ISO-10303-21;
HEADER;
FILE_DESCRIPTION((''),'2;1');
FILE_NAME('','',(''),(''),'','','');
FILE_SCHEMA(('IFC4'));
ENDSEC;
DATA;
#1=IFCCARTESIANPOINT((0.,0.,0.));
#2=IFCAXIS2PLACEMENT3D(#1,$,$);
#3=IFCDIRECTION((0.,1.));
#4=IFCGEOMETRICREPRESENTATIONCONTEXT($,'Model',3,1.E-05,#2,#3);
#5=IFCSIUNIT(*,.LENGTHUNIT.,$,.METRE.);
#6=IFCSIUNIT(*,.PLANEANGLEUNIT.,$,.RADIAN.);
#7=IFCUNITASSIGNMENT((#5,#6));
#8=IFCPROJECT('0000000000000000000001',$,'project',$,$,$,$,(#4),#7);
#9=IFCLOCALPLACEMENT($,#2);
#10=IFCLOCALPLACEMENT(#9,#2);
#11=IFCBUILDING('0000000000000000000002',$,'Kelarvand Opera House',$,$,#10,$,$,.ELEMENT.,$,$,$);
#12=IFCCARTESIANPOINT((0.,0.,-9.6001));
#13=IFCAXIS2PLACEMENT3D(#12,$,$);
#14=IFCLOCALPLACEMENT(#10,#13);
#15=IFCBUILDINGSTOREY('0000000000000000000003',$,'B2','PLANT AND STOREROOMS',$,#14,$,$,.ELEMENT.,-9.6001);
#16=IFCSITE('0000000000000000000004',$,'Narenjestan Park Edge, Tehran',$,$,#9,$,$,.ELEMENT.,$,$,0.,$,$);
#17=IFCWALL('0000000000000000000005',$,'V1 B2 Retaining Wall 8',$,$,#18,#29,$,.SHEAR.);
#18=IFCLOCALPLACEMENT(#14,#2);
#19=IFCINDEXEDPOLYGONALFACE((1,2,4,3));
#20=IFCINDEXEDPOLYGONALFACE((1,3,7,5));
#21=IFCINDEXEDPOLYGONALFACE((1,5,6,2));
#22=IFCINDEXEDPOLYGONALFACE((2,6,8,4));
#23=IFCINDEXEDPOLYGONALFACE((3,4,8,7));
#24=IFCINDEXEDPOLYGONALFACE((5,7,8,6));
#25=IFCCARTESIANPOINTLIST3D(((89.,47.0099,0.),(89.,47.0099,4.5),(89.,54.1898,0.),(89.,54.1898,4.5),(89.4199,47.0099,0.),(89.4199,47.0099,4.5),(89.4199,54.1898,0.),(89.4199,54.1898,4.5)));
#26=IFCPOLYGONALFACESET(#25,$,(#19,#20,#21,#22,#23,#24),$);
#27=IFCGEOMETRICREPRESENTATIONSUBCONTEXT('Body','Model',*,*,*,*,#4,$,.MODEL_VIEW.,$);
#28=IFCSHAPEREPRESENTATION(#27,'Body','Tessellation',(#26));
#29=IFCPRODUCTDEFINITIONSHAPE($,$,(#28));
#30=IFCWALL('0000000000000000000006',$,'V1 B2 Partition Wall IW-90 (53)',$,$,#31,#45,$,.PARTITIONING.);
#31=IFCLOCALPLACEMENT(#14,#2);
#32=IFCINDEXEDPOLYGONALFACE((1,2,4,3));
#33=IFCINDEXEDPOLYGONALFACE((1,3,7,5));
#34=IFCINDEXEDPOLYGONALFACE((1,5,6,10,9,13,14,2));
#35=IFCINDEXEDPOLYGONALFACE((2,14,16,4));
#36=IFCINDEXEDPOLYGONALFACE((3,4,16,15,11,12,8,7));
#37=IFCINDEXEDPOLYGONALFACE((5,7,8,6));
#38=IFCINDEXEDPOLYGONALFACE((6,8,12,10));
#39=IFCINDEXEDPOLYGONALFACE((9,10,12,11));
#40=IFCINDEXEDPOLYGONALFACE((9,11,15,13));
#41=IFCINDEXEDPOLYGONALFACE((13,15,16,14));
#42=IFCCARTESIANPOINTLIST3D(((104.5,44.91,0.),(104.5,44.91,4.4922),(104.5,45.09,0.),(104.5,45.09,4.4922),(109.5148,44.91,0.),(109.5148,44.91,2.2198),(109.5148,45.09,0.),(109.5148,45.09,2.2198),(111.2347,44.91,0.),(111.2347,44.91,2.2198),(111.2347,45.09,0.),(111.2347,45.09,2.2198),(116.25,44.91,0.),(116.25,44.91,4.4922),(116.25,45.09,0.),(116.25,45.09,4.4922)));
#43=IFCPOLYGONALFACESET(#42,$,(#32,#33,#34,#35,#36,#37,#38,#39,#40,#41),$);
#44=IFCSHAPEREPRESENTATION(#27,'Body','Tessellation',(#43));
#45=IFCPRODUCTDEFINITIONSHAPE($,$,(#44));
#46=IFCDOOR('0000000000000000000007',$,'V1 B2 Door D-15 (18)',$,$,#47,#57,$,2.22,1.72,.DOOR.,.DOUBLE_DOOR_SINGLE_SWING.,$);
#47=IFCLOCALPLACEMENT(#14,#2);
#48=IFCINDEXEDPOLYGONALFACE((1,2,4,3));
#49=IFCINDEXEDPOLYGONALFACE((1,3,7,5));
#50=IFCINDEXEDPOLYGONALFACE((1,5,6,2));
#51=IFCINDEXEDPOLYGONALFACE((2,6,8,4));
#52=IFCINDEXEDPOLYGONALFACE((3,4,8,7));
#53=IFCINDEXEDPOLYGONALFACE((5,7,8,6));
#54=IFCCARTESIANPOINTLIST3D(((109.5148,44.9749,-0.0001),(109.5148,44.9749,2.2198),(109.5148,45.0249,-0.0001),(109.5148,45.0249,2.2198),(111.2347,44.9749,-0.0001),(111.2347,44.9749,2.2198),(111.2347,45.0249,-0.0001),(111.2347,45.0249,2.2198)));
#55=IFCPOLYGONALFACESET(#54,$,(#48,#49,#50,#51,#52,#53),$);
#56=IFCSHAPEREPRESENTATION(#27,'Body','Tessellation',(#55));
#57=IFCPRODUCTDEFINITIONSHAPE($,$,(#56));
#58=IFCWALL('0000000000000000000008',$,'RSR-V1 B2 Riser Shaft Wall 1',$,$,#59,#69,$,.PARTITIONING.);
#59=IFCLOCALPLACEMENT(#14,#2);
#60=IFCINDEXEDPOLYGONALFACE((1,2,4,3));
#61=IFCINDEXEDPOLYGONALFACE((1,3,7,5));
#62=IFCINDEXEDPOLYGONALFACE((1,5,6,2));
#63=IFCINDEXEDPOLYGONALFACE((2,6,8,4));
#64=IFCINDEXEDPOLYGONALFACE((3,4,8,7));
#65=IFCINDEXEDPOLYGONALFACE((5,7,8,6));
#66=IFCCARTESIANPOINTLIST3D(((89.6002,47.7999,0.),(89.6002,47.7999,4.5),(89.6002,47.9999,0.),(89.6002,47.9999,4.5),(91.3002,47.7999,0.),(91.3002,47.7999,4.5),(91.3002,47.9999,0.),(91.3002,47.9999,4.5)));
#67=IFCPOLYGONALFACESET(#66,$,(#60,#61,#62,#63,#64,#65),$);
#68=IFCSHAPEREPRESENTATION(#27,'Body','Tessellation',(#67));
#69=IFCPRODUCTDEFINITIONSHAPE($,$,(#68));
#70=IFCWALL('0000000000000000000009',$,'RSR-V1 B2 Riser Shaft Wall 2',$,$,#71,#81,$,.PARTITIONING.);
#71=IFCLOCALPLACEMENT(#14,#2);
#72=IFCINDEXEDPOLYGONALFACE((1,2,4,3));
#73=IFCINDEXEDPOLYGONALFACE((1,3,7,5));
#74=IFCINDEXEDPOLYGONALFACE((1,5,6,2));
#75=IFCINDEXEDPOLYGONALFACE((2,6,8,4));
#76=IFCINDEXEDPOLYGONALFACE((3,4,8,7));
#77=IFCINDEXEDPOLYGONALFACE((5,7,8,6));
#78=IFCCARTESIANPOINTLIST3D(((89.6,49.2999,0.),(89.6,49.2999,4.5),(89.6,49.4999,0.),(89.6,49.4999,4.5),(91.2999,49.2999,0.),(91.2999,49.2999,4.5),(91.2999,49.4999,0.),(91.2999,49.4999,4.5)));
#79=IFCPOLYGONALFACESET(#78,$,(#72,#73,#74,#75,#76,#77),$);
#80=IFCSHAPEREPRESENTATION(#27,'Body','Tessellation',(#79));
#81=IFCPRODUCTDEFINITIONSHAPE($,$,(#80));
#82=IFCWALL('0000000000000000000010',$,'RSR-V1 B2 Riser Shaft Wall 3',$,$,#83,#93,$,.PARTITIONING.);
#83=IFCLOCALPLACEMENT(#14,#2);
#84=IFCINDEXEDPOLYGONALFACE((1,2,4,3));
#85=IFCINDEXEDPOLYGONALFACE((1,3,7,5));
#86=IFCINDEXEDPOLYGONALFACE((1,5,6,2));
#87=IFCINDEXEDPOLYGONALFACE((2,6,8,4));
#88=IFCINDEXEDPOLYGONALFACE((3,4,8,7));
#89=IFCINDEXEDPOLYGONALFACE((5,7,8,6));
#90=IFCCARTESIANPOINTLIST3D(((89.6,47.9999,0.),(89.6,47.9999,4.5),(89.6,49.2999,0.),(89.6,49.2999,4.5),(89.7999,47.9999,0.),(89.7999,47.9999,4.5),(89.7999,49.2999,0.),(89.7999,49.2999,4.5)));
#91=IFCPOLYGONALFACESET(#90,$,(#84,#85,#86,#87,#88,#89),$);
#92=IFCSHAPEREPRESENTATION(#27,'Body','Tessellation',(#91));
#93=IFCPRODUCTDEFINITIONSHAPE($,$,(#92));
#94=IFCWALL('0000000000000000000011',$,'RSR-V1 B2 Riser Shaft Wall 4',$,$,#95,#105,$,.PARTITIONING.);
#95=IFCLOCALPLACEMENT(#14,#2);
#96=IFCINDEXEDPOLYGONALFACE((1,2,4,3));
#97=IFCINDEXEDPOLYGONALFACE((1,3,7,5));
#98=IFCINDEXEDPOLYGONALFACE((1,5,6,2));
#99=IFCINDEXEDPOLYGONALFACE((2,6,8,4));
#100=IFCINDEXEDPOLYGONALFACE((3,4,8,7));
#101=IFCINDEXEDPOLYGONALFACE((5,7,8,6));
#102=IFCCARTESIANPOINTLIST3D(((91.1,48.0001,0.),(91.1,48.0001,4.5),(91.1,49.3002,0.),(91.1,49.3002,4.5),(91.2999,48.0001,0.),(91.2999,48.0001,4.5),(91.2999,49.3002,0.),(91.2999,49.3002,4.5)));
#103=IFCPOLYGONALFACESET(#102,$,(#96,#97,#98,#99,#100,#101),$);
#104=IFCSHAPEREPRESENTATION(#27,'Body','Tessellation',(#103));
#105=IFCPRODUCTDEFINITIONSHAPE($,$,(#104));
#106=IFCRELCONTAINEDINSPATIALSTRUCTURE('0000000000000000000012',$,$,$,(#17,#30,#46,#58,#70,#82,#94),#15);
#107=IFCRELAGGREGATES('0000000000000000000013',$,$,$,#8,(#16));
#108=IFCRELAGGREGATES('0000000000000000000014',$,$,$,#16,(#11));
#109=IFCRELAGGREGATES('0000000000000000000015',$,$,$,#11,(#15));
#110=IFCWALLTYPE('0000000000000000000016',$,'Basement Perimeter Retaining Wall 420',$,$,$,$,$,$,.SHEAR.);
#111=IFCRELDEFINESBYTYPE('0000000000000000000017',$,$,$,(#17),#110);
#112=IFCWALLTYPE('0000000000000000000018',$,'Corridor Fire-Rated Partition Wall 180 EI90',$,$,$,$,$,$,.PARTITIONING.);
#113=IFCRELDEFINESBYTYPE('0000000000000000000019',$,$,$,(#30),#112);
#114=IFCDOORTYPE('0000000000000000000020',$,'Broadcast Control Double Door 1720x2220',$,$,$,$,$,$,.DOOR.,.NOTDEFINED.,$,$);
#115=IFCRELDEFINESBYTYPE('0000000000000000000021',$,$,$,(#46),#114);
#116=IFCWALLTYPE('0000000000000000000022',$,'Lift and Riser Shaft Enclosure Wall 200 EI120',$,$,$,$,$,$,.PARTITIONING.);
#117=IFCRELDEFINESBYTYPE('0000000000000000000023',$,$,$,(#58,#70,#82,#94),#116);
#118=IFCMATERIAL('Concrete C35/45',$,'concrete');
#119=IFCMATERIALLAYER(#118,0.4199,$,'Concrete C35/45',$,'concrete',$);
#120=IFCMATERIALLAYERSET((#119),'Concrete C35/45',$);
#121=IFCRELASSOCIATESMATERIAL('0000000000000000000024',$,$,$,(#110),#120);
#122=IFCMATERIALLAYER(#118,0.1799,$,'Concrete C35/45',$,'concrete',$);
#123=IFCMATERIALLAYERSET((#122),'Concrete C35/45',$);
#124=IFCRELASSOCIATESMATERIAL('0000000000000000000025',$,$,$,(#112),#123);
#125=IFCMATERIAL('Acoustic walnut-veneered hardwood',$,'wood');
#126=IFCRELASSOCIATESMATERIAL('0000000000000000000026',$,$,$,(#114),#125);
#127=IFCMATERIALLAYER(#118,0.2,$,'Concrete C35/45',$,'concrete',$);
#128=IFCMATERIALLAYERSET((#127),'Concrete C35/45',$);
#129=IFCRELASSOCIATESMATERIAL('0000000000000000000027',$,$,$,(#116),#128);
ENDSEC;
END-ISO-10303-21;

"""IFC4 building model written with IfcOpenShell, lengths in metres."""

from ifc_helpers import new_model, si_unit, direction, frame, frame_2d, origin, place, context, subcontext, project, spatial, rectangle, extrude, material, layer, layer_set, type_object, element, fill, save


model = new_model("IFC4")

# Units and contexts
model_context = context("Model", 3, precision=1e-05, world=origin(), true_north=direction((0.0, 1.0)))
body_context = subcontext(model_context, "Body", "Model", "MODEL_VIEW")
ifc_project = project(units=[si_unit("LENGTHUNIT", "METRE"), si_unit("PLANEANGLEUNIT", "RADIAN")], contexts=[model_context])

# Site, building, storey
site_placement = place(None, origin())
site = spatial("IfcSite", under=ifc_project, at=site_placement, Name="Narenjestan Park Edge, Tehran", CompositionType="ELEMENT", RefElevation=0.0)
building_placement = place(site_placement, origin())
building = spatial("IfcBuilding", under=site, at=building_placement, Name="Kelarvand Opera House", CompositionType="ELEMENT")
storey_placement = place(building_placement, frame((0.0, 0.0, -9.6001)))
storey = spatial("IfcBuildingStorey", under=building, at=storey_placement, Name="B2", Description="PLANT AND STOREROOMS", CompositionType="ELEMENT", Elevation=-9.6001)

# Wall
ifc_material_1 = material(Name="Concrete C35/45", Category="concrete")
ifc_layer_1 = layer(ifc_material_1, 0.4199, Name="Concrete C35/45", Category="concrete")
ifc_layer_set_1 = layer_set([ifc_layer_1], Name="Concrete C35/45")
wall_type_1 = type_object("IfcWallType", Name="Basement Perimeter Retaining Wall 420", PredefinedType="SHEAR", material=ifc_layer_set_1)
wall_1_placement = place(storey_placement, frame((89.21, 47.01, 0.0), z_axis=(0.0, 0.0, 1.0), x_axis=(0.0, 1.0, 0.0)))
element("IfcWall", 1, at=wall_1_placement, inside=storey, type_object=wall_type_1, Name="V1 B2 Retaining Wall 8", PredefinedType="SHEAR", context=body_context, shape_type="SweptSolid", body=[
    extrude(rectangle(XDim=7.1799, YDim=0.4199, at=frame_2d((3.5898, 0.0))), origin(), (0.0, 0.0, 1.0), 4.5),
])

# Wall, opening, door
ifc_layer_2 = layer(ifc_material_1, 0.1799, Name="Concrete C35/45", Category="concrete")
ifc_layer_set_2 = layer_set([ifc_layer_2], Name="Concrete C35/45")
wall_type_2 = type_object("IfcWallType", Name="Corridor Fire-Rated Partition Wall 180 EI90", PredefinedType="PARTITIONING", material=ifc_layer_set_2)
wall_2_placement = place(storey_placement, frame((104.5, 45.0, 0.0), z_axis=(0.0, 0.0, 1.0), x_axis=(1.0, 0.0, 0.0)))
wall_2 = element("IfcWall", 2, at=wall_2_placement, inside=storey, type_object=wall_type_2, Name="V1 B2 Partition Wall IW-90 (53)", PredefinedType="PARTITIONING", context=body_context, shape_type="SweptSolid", body=[
    extrude(rectangle(XDim=11.75, YDim=0.1799, at=frame_2d((5.875, 0.0))), origin(), (0.0, 0.0, 1.0), 4.4922),
])
opening_placement = place(wall_2_placement, frame((5.0149, 0.0, 0.0)))
opening = element("IfcOpeningElement", 3, at=opening_placement, cuts=wall_2, PredefinedType="OPENING", context=body_context, shape_type="SweptSolid", body=[
    extrude(rectangle(XDim=1.72, YDim=2.22, at=frame_2d((0.8599, 1.1099))), frame((0.0, 0.1001, 0.0), z_axis=(0.0, -1.0, 0.0), x_axis=(1.0, 0.0, 0.0)), (0.0, 0.0, 1.0), 0.2),
])
ifc_material_2 = material(Name="Acoustic walnut-veneered hardwood", Category="wood")
door_type = type_object("IfcDoorType", Name="Broadcast Control Double Door 1720x2220", OperationType="NOTDEFINED", PredefinedType="DOOR", material=ifc_material_2)
door_placement = place(opening_placement, origin())
door = element("IfcDoor", 4, at=door_placement, inside=storey, type_object=door_type, Name="V1 B2 Door D-15 (18)", OperationType="DOUBLE_DOOR_SINGLE_SWING", OverallHeight=2.22, OverallWidth=1.72, PredefinedType="DOOR", context=body_context, shape_type="SweptSolid", body=[
    extrude(rectangle(XDim=1.72, YDim=2.22, at=frame_2d((0.8599, 1.1099))), frame((0.0, 0.0249, 0.0), z_axis=(0.0, -1.0, 0.0), x_axis=(1.0, 0.0, 0.0)), (0.0, 0.0, 1.0), 0.05),
])
fill(opening, door)

# Walls
ifc_layer_3 = layer(ifc_material_1, 0.2, Name="Concrete C35/45", Category="concrete")
ifc_layer_set_3 = layer_set([ifc_layer_3], Name="Concrete C35/45")
wall_type_3 = type_object("IfcWallType", Name="Lift and Riser Shaft Enclosure Wall 200 EI120", PredefinedType="PARTITIONING", material=ifc_layer_set_3)
for number, where, z_axis, x_axis, name in (
    (5, (89.6001, 47.8999, 0.0), (0.0, 0.0, 1.0), (1.0, 0.0, 0.0), "RSR-V1 B2 Riser Shaft Wall 1"),
    (6, (91.3, 49.3999, 0.0), (0.0, 0.0, 1.0), (-1.0, 0.0, 0.0), "RSR-V1 B2 Riser Shaft Wall 2"),
):
    element("IfcWall", number, at=place(storey_placement, frame(where, z_axis=z_axis, x_axis=x_axis)), inside=storey, type_object=wall_type_3, Name=name, PredefinedType="PARTITIONING", context=body_context, shape_type="SweptSolid", body=[
        extrude(rectangle(XDim=1.7, YDim=0.2, at=frame_2d((0.8501, 0.0))), origin(), (0.0, 0.0, 1.0), 4.5),
    ])
for number, where, z_axis, x_axis, name in (
    (7, (89.7, 48.0, 0.0), (0.0, 0.0, 1.0), (0.0, 1.0, 0.0), "RSR-V1 B2 Riser Shaft Wall 3"),
    (8, (91.2, 49.3, 0.0), (0.0, 0.0, 1.0), (0.0, -1.0, 0.0), "RSR-V1 B2 Riser Shaft Wall 4"),
):
    element("IfcWall", number, at=place(storey_placement, frame(where, z_axis=z_axis, x_axis=x_axis)), inside=storey, type_object=wall_type_3, Name=name, PredefinedType="PARTITIONING", context=body_context, shape_type="SweptSolid", body=[
        extrude(rectangle(XDim=1.3, YDim=0.2, at=frame_2d((0.6499, 0.0))), origin(), (0.0, 0.0, 1.0), 4.5),
    ])

save(model, "model.ifc")
